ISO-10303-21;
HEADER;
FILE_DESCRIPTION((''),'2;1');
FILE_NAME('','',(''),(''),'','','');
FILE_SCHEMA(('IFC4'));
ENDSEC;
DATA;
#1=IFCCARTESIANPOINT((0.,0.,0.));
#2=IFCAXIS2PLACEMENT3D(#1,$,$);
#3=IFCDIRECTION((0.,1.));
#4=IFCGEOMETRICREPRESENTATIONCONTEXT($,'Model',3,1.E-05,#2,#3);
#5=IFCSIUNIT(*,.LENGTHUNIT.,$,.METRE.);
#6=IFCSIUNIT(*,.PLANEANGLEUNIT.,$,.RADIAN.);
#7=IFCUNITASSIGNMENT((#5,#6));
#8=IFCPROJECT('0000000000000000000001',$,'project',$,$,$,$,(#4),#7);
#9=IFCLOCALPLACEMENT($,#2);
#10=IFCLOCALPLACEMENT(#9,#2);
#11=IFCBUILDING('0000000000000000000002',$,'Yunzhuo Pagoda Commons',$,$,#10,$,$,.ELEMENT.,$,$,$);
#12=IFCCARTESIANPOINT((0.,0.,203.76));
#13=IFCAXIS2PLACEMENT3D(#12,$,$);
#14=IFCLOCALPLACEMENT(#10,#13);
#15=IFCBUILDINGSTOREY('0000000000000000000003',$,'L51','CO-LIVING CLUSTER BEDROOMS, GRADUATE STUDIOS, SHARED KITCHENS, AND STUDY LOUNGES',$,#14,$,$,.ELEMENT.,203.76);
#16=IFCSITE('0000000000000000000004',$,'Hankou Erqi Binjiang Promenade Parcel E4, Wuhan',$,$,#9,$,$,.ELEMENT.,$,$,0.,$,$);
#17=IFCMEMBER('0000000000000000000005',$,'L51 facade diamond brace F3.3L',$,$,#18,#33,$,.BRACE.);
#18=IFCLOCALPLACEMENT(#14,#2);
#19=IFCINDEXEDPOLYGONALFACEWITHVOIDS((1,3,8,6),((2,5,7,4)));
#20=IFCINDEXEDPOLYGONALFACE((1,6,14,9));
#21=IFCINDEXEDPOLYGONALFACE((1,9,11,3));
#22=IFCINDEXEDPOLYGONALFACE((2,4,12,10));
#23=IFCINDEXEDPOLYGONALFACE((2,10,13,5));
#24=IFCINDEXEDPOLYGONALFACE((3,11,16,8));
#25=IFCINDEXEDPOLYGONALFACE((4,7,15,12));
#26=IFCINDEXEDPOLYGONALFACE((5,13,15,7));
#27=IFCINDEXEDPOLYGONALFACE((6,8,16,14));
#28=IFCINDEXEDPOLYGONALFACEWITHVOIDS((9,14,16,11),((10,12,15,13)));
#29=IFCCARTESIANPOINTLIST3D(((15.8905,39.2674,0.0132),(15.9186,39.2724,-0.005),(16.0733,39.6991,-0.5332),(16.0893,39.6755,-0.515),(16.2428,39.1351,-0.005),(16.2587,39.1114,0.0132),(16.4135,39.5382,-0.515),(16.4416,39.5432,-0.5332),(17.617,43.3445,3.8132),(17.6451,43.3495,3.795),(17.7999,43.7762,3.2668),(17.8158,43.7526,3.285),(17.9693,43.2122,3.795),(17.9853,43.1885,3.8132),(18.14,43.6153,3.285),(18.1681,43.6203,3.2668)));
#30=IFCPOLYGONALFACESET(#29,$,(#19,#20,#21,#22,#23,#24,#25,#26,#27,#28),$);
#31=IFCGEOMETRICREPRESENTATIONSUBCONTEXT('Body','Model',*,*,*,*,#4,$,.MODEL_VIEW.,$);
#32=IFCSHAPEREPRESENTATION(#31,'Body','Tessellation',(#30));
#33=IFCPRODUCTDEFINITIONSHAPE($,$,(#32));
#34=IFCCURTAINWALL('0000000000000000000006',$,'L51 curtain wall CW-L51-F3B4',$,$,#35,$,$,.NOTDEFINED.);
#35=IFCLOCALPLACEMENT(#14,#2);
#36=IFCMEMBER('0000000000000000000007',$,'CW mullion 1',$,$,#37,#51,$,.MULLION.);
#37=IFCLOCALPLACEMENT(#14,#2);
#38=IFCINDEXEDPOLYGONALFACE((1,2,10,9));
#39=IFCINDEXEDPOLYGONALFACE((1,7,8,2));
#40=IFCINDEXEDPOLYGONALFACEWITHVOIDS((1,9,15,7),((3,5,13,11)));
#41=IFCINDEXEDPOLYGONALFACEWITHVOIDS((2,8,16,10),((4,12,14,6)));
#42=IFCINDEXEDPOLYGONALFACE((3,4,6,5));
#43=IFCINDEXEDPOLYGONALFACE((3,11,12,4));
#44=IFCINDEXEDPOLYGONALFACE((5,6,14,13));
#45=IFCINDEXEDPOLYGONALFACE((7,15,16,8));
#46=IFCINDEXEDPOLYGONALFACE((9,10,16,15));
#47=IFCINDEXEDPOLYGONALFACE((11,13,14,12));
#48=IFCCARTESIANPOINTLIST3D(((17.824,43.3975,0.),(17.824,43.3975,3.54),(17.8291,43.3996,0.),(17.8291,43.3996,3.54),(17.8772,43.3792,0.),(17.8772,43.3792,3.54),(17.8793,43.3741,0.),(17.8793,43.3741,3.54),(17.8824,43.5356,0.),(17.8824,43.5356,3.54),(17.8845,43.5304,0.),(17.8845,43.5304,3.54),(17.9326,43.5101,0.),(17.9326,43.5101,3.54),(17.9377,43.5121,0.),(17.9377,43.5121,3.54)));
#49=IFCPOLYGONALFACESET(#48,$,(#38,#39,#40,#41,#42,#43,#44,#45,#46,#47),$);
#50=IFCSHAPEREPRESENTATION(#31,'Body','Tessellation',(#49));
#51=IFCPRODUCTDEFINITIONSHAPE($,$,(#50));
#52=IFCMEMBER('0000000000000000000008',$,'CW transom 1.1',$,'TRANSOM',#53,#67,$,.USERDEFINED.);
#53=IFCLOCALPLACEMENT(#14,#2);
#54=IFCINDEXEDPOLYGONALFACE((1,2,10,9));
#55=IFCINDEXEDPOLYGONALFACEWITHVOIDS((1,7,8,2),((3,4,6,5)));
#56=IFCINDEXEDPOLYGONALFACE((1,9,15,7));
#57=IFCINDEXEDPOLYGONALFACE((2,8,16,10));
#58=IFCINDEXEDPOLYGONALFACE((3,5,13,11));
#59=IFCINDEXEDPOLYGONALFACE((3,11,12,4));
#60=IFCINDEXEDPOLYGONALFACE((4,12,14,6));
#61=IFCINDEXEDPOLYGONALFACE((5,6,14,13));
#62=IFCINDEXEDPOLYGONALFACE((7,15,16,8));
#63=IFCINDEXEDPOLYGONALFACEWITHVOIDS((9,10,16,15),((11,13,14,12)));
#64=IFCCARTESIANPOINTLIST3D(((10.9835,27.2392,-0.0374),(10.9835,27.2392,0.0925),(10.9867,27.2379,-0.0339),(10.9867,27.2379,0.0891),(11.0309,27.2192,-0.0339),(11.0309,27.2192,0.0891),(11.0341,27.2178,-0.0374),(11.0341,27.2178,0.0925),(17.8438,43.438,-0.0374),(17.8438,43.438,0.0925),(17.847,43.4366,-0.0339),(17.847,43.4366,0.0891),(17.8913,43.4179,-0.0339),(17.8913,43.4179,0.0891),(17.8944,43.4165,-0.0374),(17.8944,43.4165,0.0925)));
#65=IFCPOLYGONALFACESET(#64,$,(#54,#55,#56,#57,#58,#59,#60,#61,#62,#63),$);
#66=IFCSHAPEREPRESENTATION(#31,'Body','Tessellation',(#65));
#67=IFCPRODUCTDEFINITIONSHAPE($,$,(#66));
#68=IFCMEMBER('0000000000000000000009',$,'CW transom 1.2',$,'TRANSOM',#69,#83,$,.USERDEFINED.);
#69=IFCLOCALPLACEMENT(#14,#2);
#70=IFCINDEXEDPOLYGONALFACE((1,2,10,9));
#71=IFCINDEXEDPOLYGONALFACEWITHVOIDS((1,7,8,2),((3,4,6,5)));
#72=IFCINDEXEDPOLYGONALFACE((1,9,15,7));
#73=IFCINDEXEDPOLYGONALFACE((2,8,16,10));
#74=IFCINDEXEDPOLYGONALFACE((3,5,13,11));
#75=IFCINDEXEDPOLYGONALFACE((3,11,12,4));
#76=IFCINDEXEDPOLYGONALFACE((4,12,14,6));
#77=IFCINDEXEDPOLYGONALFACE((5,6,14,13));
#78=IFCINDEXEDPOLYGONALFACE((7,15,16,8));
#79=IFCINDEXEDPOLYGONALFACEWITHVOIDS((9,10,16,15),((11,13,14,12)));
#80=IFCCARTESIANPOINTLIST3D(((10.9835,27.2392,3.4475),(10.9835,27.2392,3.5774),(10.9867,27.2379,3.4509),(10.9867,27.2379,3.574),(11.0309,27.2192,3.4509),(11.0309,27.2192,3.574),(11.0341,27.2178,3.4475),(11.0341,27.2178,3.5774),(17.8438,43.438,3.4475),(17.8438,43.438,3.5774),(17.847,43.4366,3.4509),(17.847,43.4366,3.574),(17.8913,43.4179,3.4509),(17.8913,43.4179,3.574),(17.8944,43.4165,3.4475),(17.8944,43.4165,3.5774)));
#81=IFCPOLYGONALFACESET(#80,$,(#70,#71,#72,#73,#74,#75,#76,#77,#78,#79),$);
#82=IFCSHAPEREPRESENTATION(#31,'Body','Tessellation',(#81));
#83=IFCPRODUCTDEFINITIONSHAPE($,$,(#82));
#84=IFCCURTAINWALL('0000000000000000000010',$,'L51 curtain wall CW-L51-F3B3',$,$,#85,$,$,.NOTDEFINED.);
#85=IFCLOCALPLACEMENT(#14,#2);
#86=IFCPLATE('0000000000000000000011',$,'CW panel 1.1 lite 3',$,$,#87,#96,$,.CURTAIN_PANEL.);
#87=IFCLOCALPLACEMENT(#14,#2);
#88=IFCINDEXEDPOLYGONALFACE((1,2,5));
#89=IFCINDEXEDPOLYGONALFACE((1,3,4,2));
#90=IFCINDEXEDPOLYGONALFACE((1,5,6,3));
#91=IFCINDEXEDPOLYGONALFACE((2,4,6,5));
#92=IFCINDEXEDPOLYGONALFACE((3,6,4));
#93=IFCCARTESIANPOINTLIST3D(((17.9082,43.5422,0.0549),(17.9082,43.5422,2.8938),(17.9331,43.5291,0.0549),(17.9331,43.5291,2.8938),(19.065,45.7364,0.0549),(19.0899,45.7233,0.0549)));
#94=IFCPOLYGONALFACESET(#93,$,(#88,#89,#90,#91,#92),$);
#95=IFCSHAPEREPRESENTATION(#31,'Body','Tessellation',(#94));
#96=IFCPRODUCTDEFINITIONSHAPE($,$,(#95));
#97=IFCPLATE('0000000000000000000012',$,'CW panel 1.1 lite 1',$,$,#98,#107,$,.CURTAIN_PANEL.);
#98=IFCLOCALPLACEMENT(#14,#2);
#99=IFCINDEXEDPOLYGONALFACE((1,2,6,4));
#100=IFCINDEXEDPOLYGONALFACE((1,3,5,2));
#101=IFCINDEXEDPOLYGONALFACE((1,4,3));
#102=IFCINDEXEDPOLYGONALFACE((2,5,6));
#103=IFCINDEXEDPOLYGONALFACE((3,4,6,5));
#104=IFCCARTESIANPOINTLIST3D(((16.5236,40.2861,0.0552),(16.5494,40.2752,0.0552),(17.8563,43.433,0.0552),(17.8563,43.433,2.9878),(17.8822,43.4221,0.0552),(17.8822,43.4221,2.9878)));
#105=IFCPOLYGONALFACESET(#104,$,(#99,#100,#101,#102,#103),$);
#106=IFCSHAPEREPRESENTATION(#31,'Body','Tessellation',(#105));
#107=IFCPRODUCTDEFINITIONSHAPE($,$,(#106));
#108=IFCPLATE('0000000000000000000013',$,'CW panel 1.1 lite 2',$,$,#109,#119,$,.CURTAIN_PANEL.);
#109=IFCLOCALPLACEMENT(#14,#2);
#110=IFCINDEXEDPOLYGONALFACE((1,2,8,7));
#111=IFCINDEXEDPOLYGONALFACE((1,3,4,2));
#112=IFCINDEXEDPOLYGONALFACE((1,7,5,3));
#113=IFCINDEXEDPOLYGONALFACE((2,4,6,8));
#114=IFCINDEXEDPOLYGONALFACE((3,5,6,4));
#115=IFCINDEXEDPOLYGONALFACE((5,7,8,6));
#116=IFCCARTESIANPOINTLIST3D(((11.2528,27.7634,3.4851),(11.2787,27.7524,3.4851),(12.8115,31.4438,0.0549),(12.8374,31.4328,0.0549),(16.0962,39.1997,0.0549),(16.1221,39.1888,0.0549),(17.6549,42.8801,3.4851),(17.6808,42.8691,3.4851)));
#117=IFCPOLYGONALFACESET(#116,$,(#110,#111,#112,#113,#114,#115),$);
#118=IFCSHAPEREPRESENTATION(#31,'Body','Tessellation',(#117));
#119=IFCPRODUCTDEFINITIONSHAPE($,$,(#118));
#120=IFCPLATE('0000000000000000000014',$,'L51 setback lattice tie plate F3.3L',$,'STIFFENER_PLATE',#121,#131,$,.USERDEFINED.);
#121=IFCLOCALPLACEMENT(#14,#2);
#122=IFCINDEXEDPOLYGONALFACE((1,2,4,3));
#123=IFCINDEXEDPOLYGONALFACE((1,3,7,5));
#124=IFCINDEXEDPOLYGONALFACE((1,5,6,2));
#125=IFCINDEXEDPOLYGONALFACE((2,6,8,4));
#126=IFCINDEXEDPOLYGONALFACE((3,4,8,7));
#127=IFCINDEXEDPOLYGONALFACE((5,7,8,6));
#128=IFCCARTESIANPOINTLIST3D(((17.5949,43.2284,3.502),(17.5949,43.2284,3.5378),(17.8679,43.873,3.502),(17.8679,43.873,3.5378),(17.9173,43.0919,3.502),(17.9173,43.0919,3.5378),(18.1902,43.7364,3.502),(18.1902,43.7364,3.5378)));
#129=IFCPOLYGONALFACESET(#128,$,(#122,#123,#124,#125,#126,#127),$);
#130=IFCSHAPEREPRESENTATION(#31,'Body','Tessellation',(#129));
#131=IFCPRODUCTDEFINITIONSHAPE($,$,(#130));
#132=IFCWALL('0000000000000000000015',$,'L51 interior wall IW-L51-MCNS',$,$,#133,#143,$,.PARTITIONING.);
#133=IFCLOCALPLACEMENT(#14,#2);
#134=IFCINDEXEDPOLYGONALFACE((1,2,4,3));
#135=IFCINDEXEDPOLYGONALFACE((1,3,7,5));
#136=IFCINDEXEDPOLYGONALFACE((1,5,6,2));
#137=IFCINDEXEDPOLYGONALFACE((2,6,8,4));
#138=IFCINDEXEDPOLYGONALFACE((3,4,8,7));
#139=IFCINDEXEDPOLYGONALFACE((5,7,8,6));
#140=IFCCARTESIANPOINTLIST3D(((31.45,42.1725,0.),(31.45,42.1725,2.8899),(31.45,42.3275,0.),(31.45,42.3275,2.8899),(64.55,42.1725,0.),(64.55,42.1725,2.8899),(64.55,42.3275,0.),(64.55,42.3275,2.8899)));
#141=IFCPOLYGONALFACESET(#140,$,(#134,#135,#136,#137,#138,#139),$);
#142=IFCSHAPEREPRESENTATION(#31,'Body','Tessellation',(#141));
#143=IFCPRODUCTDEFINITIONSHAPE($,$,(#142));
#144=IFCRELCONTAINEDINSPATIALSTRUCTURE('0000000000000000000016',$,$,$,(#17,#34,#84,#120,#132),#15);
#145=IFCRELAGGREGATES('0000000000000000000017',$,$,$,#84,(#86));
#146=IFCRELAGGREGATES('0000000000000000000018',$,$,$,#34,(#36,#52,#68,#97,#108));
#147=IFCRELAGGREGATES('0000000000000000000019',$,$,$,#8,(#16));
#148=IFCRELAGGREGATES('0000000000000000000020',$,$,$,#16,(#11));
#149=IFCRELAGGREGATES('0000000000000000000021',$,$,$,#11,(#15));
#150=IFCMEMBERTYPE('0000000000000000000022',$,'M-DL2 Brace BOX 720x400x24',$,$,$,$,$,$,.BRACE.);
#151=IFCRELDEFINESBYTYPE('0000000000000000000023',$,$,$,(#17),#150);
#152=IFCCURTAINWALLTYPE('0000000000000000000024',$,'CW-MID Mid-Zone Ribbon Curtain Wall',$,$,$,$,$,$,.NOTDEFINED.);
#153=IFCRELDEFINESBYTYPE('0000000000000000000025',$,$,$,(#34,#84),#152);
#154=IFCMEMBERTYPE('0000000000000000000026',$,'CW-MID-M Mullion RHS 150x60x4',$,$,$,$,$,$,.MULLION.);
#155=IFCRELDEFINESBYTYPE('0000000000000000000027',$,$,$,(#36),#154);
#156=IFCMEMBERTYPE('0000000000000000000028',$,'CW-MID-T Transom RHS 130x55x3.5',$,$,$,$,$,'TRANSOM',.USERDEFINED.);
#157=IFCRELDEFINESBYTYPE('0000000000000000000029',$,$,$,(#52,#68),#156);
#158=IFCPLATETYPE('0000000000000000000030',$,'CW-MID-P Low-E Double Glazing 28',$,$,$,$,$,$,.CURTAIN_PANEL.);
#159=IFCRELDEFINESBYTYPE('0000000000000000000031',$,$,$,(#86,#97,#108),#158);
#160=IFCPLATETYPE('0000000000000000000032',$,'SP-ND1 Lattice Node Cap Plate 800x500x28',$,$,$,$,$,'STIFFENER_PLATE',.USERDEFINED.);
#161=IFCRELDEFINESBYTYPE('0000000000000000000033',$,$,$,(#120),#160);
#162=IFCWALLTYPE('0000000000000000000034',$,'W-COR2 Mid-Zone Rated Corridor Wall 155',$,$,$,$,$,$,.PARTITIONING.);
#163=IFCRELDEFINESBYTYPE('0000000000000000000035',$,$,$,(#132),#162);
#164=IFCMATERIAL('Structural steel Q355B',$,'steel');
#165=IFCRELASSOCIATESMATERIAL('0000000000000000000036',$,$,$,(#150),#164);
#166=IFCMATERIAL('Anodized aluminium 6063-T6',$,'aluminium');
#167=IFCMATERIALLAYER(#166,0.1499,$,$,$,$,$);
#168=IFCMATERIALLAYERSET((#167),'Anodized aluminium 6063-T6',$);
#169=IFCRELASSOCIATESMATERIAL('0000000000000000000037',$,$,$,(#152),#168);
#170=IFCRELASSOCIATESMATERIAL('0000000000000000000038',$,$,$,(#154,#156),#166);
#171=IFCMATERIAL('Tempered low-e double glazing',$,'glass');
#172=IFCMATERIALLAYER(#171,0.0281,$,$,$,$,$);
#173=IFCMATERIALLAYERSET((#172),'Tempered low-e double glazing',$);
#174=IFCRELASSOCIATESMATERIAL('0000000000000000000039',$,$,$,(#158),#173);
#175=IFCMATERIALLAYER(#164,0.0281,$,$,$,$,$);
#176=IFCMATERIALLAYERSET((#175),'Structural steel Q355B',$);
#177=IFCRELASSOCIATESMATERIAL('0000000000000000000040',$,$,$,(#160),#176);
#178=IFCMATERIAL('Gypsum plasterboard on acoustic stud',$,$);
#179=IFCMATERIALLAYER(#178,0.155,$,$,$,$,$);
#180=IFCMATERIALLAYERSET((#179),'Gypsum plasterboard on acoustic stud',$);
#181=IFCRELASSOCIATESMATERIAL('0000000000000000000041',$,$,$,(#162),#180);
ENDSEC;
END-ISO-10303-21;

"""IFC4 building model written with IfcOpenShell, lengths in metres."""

from ifc_helpers import new_model, si_unit, direction, frame, frame_2d, origin, origin_2d, place, context, subcontext, project, spatial, polyline, rectangle, hollow_rectangle, outline, extrude, source, transform, mapped, material, layer, layer_set, material_profile, profile_set, type_object, element, aggregate, save


model = new_model("IFC4")

# Units and contexts
model_context = context("Model", 3, precision=1e-05, world=origin(), true_north=direction((0.0, 1.0)))
body_context = subcontext(model_context, "Body", "Model", "MODEL_VIEW")
ifc_project = project(units=[si_unit("LENGTHUNIT", "METRE"), si_unit("PLANEANGLEUNIT", "RADIAN")], contexts=[model_context])

# Site, building, storey
site_placement = place(None, origin())
site = spatial("IfcSite", under=ifc_project, at=site_placement, Name="Hankou Erqi Binjiang Promenade Parcel E4, Wuhan", CompositionType="ELEMENT", RefElevation=0.0)
building_placement = place(site_placement, origin())
building = spatial("IfcBuilding", under=site, at=building_placement, Name="Yunzhuo Pagoda Commons", CompositionType="ELEMENT")
storey_placement = place(building_placement, frame((0.0, 0.0, 203.76)))
storey = spatial("IfcBuildingStorey", under=building, at=storey_placement, Name="L51", Description="CO-LIVING CLUSTER BEDROOMS, GRADUATE STUDIOS, SHARED KITCHENS, AND STUDY LOUNGES", CompositionType="ELEMENT", Elevation=203.76)

# Shared definitions
ifc_material_1 = material(Name="Structural steel Q355B", Category="steel")

# Member
ifc_material_profile_1 = material_profile(ifc_material_1, hollow_rectangle(XDim=0.3999, YDim=0.72, WallThickness=0.0239, at=origin_2d()), Name="Structural steel Q355B")
ifc_profile_set_1 = profile_set([ifc_material_profile_1], Name="Structural steel Q355B")
member_type_1 = type_object("IfcMemberType", Name="M-DL2 Brace BOX 720x400x24", PredefinedType="BRACE", material=ifc_profile_set_1)
shared_shape_1 = source(origin(), body_context, "Body", "SweptSolid", [
    extrude(hollow_rectangle(XDim=0.3999, YDim=0.72, WallThickness=0.0239, at=origin_2d()), origin(), (0.0, 0.0, 1.0), 5.8347),
])
member_1_placement = place(storey_placement, frame((16.166, 39.4053, -0.26), z_axis=(0.295909, 0.698768, 0.651277), x_axis=(-0.920836, 0.389949, 0.0)))
element("IfcMember", 1, at=member_1_placement, inside=storey, type_object=member_type_1, Name="L51 facade diamond brace F3.3L", PredefinedType="BRACE", context=body_context, shape_type="MappedRepresentation", body=[
    mapped(shared_shape_1, transform((0.0, 0.0, 0.0), scale=1.0)),
])

# Curtain wall, members
ifc_material_2 = material(Name="Anodized aluminium 6063-T6", Category="aluminium")
ifc_layer_1 = layer(ifc_material_2, 0.1499)
ifc_layer_set_1 = layer_set([ifc_layer_1], Name="Anodized aluminium 6063-T6")
curtain_wall_type = type_object("IfcCurtainWallType", Name="CW-MID Mid-Zone Ribbon Curtain Wall", PredefinedType="NOTDEFINED", material=ifc_layer_set_1)
curtain_wall_1_placement = place(storey_placement, origin())
curtain_wall_1 = element("IfcCurtainWall", 2, at=curtain_wall_1_placement, inside=storey, type_object=curtain_wall_type, Name="L51 curtain wall CW-L51-F3B4", PredefinedType="NOTDEFINED")
ifc_material_profile_2 = material_profile(ifc_material_2, hollow_rectangle(XDim=0.0601, YDim=0.1499, WallThickness=0.0039, at=origin_2d()), Name="Anodized aluminium 6063-T6")
ifc_profile_set_2 = profile_set([ifc_material_profile_2], Name="Anodized aluminium 6063-T6")
member_type_2 = type_object("IfcMemberType", Name="CW-MID-M Mullion RHS 150x60x4", PredefinedType="MULLION", material=ifc_profile_set_2)
shared_shape_2 = source(origin(), body_context, "Body", "SweptSolid", [
    extrude(hollow_rectangle(XDim=0.0601, YDim=0.1499, WallThickness=0.0039, at=origin_2d()), origin(), (0.0, 0.0, 1.0), 3.54),
])
member_2_placement = place(storey_placement, frame((17.8809, 43.4548, 0.0), z_axis=(0.0, 0.0, 1.0), x_axis=(0.920824, -0.389978, 0.0)))
member_2 = element("IfcMember", 3, at=member_2_placement, type_object=member_type_2, Name="CW mullion 1", PredefinedType="MULLION", context=body_context, shape_type="MappedRepresentation", body=[
    mapped(shared_shape_2, transform((0.0, 0.0, 0.0), scale=1.0)),
])
ifc_material_profile_3 = material_profile(ifc_material_2, hollow_rectangle(XDim=0.0549, YDim=0.1299, WallThickness=0.0034, at=origin_2d()), Name="Anodized aluminium 6063-T6")
ifc_profile_set_3 = profile_set([ifc_material_profile_3], Name="Anodized aluminium 6063-T6")
member_type_3 = type_object("IfcMemberType", Name="CW-MID-T Transom RHS 130x55x3.5", ElementType="TRANSOM", PredefinedType="USERDEFINED", material=ifc_profile_set_3)
shared_shape_3 = source(origin(), body_context, "Body", "SweptSolid", [
    extrude(hollow_rectangle(XDim=0.0549, YDim=0.1299, WallThickness=0.0034, at=origin_2d()), origin(), (0.0, 0.0, 1.0), 17.5916),
])
member_3_placement = place(storey_placement, frame((17.8691, 43.4272, 0.0276), z_axis=(-0.38998, -0.920824, 0.0), x_axis=(0.920824, -0.38998, 0.0)))
member_3 = element("IfcMember", 4, at=member_3_placement, type_object=member_type_3, Name="CW transom 1.1", ObjectType="TRANSOM", PredefinedType="USERDEFINED", context=body_context, shape_type="MappedRepresentation", body=[
    mapped(shared_shape_3, transform((0.0, 0.0, 0.0), scale=1.0)),
])
member_4_placement = place(storey_placement, frame((17.8691, 43.4272, 3.5125), z_axis=(-0.38998, -0.920824, 0.0), x_axis=(0.920824, -0.38998, 0.0)))
member_4 = element("IfcMember", 5, at=member_4_placement, type_object=member_type_3, Name="CW transom 1.2", ObjectType="TRANSOM", PredefinedType="USERDEFINED", context=body_context, shape_type="MappedRepresentation", body=[
    mapped(shared_shape_3, transform((0.0, 0.0, 0.0), scale=1.0)),
])

# Curtain wall, plate
curtain_wall_2_placement = place(storey_placement, origin())
curtain_wall_2 = element("IfcCurtainWall", 6, at=curtain_wall_2_placement, inside=storey, type_object=curtain_wall_type, Name="L51 curtain wall CW-L51-F3B3", PredefinedType="NOTDEFINED")
ifc_material_3 = material(Name="Tempered low-e double glazing", Category="glass")
ifc_layer_2 = layer(ifc_material_3, 0.0281)
ifc_layer_set_2 = layer_set([ifc_layer_2], Name="Tempered low-e double glazing")
plate_type_1 = type_object("IfcPlateType", Name="CW-MID-P Low-E Double Glazing 28", PredefinedType="CURTAIN_PANEL", material=ifc_layer_set_2)
plate_1_placement = place(storey_placement, frame((18.5115, 44.6262, 1.4744), z_axis=(-0.884592, 0.466366, 0.0), x_axis=(-0.466366, -0.884592, 0.0)))
plate_1 = element("IfcPlate", 7, at=plate_1_placement, type_object=plate_type_1, Name="CW panel 1.1 lite 3", PredefinedType="CURTAIN_PANEL", context=body_context, shape_type="SweptSolid", body=[
    extrude(outline(polyline([(-1.2402, -1.4194), (1.2402, -1.4194), (1.2402, 1.4194), (-1.2402, -1.4194)])), origin(), (0.0, 0.0, 1.0), 0.0281),
])
aggregate(curtain_wall_2, [plate_1])

# Plates
plate_2_placement = place(storey_placement, frame((17.2158, 41.8486, 1.5215), z_axis=(-0.920824, 0.389978, 0.0), x_axis=(-0.389978, -0.920824, 0.0)))
plate_2 = element("IfcPlate", 8, at=plate_2_placement, type_object=plate_type_1, Name="CW panel 1.1 lite 1", PredefinedType="CURTAIN_PANEL", context=body_context, shape_type="SweptSolid", body=[
    extrude(outline(polyline([(-1.7087, -1.4663), (1.7087, -1.4663), (-1.7087, 1.4663), (-1.7087, -1.4663)])), origin(), (0.0, 0.0, 1.0), 0.0281),
])
plate_3_placement = place(storey_placement, frame((14.4797, 35.3108, 1.77), z_axis=(-0.920824, 0.389978, 0.0), x_axis=(-0.389978, -0.920824, 0.0)))
plate_3 = element("IfcPlate", 9, at=plate_3_placement, type_object=plate_type_1, Name="CW panel 1.1 lite 2", PredefinedType="CURTAIN_PANEL", context=body_context, shape_type="SweptSolid", body=[
    extrude(outline(polyline([(-8.2083, 1.7151), (-4.2114, -1.7151), (4.2114, -1.7151), (8.2083, 1.7151), (-8.2083, 1.7151)])), origin(), (0.0, 0.0, 1.0), 0.0281),
])
aggregate(curtain_wall_1, [member_2, member_3, member_4, plate_2, plate_3])
ifc_layer_3 = layer(ifc_material_1, 0.0281)
ifc_layer_set_3 = layer_set([ifc_layer_3], Name="Structural steel Q355B")
plate_type_2 = type_object("IfcPlateType", Name="SP-ND1 Lattice Node Cap Plate 800x500x28", ElementType="STIFFENER_PLATE", PredefinedType="USERDEFINED", material=ifc_layer_set_3)
shared_shape_4 = source(origin(), body_context, "Body", "SweptSolid", [
    extrude(rectangle(XDim=0.7, YDim=0.3501, at=origin_2d()), origin(), (0.0, 0.0, 1.0), 0.0359),
])
plate_4_placement = place(storey_placement, frame((17.8926, 43.4824, 3.502), z_axis=(0.0, 0.0, 1.0), x_axis=(-0.389976, -0.920825, 0.0)))
element("IfcPlate", 10, at=plate_4_placement, inside=storey, type_object=plate_type_2, Name="L51 setback lattice tie plate F3.3L", ObjectType="STIFFENER_PLATE", PredefinedType="USERDEFINED", context=body_context, shape_type="MappedRepresentation", body=[
    mapped(shared_shape_4, transform((0.0, 0.0, 0.0), scale=1.0)),
])

# Wall
ifc_material_4 = material(Name="Gypsum plasterboard on acoustic stud")
ifc_layer_4 = layer(ifc_material_4, 0.155)
ifc_layer_set_4 = layer_set([ifc_layer_4], Name="Gypsum plasterboard on acoustic stud")
wall_type_1 = type_object("IfcWallType", Name="W-COR2 Mid-Zone Rated Corridor Wall 155", PredefinedType="PARTITIONING", material=ifc_layer_set_4)
wall_1_placement = place(storey_placement, frame((31.45, 42.25, 0.0), z_axis=(0.0, 0.0, 1.0), x_axis=(1.0, 0.0, 0.0)))
element("IfcWall", 11, at=wall_1_placement, inside=storey, type_object=wall_type_1, Name="L51 interior wall IW-L51-MCNS", PredefinedType="PARTITIONING", context=body_context, shape_type="SweptSolid", body=[
    extrude(rectangle(XDim=33.1001, YDim=0.155, at=frame_2d((16.55, 0.0))), origin(), (0.0, 0.0, 1.0), 2.8899),
])

save(model, "model.ifc")
